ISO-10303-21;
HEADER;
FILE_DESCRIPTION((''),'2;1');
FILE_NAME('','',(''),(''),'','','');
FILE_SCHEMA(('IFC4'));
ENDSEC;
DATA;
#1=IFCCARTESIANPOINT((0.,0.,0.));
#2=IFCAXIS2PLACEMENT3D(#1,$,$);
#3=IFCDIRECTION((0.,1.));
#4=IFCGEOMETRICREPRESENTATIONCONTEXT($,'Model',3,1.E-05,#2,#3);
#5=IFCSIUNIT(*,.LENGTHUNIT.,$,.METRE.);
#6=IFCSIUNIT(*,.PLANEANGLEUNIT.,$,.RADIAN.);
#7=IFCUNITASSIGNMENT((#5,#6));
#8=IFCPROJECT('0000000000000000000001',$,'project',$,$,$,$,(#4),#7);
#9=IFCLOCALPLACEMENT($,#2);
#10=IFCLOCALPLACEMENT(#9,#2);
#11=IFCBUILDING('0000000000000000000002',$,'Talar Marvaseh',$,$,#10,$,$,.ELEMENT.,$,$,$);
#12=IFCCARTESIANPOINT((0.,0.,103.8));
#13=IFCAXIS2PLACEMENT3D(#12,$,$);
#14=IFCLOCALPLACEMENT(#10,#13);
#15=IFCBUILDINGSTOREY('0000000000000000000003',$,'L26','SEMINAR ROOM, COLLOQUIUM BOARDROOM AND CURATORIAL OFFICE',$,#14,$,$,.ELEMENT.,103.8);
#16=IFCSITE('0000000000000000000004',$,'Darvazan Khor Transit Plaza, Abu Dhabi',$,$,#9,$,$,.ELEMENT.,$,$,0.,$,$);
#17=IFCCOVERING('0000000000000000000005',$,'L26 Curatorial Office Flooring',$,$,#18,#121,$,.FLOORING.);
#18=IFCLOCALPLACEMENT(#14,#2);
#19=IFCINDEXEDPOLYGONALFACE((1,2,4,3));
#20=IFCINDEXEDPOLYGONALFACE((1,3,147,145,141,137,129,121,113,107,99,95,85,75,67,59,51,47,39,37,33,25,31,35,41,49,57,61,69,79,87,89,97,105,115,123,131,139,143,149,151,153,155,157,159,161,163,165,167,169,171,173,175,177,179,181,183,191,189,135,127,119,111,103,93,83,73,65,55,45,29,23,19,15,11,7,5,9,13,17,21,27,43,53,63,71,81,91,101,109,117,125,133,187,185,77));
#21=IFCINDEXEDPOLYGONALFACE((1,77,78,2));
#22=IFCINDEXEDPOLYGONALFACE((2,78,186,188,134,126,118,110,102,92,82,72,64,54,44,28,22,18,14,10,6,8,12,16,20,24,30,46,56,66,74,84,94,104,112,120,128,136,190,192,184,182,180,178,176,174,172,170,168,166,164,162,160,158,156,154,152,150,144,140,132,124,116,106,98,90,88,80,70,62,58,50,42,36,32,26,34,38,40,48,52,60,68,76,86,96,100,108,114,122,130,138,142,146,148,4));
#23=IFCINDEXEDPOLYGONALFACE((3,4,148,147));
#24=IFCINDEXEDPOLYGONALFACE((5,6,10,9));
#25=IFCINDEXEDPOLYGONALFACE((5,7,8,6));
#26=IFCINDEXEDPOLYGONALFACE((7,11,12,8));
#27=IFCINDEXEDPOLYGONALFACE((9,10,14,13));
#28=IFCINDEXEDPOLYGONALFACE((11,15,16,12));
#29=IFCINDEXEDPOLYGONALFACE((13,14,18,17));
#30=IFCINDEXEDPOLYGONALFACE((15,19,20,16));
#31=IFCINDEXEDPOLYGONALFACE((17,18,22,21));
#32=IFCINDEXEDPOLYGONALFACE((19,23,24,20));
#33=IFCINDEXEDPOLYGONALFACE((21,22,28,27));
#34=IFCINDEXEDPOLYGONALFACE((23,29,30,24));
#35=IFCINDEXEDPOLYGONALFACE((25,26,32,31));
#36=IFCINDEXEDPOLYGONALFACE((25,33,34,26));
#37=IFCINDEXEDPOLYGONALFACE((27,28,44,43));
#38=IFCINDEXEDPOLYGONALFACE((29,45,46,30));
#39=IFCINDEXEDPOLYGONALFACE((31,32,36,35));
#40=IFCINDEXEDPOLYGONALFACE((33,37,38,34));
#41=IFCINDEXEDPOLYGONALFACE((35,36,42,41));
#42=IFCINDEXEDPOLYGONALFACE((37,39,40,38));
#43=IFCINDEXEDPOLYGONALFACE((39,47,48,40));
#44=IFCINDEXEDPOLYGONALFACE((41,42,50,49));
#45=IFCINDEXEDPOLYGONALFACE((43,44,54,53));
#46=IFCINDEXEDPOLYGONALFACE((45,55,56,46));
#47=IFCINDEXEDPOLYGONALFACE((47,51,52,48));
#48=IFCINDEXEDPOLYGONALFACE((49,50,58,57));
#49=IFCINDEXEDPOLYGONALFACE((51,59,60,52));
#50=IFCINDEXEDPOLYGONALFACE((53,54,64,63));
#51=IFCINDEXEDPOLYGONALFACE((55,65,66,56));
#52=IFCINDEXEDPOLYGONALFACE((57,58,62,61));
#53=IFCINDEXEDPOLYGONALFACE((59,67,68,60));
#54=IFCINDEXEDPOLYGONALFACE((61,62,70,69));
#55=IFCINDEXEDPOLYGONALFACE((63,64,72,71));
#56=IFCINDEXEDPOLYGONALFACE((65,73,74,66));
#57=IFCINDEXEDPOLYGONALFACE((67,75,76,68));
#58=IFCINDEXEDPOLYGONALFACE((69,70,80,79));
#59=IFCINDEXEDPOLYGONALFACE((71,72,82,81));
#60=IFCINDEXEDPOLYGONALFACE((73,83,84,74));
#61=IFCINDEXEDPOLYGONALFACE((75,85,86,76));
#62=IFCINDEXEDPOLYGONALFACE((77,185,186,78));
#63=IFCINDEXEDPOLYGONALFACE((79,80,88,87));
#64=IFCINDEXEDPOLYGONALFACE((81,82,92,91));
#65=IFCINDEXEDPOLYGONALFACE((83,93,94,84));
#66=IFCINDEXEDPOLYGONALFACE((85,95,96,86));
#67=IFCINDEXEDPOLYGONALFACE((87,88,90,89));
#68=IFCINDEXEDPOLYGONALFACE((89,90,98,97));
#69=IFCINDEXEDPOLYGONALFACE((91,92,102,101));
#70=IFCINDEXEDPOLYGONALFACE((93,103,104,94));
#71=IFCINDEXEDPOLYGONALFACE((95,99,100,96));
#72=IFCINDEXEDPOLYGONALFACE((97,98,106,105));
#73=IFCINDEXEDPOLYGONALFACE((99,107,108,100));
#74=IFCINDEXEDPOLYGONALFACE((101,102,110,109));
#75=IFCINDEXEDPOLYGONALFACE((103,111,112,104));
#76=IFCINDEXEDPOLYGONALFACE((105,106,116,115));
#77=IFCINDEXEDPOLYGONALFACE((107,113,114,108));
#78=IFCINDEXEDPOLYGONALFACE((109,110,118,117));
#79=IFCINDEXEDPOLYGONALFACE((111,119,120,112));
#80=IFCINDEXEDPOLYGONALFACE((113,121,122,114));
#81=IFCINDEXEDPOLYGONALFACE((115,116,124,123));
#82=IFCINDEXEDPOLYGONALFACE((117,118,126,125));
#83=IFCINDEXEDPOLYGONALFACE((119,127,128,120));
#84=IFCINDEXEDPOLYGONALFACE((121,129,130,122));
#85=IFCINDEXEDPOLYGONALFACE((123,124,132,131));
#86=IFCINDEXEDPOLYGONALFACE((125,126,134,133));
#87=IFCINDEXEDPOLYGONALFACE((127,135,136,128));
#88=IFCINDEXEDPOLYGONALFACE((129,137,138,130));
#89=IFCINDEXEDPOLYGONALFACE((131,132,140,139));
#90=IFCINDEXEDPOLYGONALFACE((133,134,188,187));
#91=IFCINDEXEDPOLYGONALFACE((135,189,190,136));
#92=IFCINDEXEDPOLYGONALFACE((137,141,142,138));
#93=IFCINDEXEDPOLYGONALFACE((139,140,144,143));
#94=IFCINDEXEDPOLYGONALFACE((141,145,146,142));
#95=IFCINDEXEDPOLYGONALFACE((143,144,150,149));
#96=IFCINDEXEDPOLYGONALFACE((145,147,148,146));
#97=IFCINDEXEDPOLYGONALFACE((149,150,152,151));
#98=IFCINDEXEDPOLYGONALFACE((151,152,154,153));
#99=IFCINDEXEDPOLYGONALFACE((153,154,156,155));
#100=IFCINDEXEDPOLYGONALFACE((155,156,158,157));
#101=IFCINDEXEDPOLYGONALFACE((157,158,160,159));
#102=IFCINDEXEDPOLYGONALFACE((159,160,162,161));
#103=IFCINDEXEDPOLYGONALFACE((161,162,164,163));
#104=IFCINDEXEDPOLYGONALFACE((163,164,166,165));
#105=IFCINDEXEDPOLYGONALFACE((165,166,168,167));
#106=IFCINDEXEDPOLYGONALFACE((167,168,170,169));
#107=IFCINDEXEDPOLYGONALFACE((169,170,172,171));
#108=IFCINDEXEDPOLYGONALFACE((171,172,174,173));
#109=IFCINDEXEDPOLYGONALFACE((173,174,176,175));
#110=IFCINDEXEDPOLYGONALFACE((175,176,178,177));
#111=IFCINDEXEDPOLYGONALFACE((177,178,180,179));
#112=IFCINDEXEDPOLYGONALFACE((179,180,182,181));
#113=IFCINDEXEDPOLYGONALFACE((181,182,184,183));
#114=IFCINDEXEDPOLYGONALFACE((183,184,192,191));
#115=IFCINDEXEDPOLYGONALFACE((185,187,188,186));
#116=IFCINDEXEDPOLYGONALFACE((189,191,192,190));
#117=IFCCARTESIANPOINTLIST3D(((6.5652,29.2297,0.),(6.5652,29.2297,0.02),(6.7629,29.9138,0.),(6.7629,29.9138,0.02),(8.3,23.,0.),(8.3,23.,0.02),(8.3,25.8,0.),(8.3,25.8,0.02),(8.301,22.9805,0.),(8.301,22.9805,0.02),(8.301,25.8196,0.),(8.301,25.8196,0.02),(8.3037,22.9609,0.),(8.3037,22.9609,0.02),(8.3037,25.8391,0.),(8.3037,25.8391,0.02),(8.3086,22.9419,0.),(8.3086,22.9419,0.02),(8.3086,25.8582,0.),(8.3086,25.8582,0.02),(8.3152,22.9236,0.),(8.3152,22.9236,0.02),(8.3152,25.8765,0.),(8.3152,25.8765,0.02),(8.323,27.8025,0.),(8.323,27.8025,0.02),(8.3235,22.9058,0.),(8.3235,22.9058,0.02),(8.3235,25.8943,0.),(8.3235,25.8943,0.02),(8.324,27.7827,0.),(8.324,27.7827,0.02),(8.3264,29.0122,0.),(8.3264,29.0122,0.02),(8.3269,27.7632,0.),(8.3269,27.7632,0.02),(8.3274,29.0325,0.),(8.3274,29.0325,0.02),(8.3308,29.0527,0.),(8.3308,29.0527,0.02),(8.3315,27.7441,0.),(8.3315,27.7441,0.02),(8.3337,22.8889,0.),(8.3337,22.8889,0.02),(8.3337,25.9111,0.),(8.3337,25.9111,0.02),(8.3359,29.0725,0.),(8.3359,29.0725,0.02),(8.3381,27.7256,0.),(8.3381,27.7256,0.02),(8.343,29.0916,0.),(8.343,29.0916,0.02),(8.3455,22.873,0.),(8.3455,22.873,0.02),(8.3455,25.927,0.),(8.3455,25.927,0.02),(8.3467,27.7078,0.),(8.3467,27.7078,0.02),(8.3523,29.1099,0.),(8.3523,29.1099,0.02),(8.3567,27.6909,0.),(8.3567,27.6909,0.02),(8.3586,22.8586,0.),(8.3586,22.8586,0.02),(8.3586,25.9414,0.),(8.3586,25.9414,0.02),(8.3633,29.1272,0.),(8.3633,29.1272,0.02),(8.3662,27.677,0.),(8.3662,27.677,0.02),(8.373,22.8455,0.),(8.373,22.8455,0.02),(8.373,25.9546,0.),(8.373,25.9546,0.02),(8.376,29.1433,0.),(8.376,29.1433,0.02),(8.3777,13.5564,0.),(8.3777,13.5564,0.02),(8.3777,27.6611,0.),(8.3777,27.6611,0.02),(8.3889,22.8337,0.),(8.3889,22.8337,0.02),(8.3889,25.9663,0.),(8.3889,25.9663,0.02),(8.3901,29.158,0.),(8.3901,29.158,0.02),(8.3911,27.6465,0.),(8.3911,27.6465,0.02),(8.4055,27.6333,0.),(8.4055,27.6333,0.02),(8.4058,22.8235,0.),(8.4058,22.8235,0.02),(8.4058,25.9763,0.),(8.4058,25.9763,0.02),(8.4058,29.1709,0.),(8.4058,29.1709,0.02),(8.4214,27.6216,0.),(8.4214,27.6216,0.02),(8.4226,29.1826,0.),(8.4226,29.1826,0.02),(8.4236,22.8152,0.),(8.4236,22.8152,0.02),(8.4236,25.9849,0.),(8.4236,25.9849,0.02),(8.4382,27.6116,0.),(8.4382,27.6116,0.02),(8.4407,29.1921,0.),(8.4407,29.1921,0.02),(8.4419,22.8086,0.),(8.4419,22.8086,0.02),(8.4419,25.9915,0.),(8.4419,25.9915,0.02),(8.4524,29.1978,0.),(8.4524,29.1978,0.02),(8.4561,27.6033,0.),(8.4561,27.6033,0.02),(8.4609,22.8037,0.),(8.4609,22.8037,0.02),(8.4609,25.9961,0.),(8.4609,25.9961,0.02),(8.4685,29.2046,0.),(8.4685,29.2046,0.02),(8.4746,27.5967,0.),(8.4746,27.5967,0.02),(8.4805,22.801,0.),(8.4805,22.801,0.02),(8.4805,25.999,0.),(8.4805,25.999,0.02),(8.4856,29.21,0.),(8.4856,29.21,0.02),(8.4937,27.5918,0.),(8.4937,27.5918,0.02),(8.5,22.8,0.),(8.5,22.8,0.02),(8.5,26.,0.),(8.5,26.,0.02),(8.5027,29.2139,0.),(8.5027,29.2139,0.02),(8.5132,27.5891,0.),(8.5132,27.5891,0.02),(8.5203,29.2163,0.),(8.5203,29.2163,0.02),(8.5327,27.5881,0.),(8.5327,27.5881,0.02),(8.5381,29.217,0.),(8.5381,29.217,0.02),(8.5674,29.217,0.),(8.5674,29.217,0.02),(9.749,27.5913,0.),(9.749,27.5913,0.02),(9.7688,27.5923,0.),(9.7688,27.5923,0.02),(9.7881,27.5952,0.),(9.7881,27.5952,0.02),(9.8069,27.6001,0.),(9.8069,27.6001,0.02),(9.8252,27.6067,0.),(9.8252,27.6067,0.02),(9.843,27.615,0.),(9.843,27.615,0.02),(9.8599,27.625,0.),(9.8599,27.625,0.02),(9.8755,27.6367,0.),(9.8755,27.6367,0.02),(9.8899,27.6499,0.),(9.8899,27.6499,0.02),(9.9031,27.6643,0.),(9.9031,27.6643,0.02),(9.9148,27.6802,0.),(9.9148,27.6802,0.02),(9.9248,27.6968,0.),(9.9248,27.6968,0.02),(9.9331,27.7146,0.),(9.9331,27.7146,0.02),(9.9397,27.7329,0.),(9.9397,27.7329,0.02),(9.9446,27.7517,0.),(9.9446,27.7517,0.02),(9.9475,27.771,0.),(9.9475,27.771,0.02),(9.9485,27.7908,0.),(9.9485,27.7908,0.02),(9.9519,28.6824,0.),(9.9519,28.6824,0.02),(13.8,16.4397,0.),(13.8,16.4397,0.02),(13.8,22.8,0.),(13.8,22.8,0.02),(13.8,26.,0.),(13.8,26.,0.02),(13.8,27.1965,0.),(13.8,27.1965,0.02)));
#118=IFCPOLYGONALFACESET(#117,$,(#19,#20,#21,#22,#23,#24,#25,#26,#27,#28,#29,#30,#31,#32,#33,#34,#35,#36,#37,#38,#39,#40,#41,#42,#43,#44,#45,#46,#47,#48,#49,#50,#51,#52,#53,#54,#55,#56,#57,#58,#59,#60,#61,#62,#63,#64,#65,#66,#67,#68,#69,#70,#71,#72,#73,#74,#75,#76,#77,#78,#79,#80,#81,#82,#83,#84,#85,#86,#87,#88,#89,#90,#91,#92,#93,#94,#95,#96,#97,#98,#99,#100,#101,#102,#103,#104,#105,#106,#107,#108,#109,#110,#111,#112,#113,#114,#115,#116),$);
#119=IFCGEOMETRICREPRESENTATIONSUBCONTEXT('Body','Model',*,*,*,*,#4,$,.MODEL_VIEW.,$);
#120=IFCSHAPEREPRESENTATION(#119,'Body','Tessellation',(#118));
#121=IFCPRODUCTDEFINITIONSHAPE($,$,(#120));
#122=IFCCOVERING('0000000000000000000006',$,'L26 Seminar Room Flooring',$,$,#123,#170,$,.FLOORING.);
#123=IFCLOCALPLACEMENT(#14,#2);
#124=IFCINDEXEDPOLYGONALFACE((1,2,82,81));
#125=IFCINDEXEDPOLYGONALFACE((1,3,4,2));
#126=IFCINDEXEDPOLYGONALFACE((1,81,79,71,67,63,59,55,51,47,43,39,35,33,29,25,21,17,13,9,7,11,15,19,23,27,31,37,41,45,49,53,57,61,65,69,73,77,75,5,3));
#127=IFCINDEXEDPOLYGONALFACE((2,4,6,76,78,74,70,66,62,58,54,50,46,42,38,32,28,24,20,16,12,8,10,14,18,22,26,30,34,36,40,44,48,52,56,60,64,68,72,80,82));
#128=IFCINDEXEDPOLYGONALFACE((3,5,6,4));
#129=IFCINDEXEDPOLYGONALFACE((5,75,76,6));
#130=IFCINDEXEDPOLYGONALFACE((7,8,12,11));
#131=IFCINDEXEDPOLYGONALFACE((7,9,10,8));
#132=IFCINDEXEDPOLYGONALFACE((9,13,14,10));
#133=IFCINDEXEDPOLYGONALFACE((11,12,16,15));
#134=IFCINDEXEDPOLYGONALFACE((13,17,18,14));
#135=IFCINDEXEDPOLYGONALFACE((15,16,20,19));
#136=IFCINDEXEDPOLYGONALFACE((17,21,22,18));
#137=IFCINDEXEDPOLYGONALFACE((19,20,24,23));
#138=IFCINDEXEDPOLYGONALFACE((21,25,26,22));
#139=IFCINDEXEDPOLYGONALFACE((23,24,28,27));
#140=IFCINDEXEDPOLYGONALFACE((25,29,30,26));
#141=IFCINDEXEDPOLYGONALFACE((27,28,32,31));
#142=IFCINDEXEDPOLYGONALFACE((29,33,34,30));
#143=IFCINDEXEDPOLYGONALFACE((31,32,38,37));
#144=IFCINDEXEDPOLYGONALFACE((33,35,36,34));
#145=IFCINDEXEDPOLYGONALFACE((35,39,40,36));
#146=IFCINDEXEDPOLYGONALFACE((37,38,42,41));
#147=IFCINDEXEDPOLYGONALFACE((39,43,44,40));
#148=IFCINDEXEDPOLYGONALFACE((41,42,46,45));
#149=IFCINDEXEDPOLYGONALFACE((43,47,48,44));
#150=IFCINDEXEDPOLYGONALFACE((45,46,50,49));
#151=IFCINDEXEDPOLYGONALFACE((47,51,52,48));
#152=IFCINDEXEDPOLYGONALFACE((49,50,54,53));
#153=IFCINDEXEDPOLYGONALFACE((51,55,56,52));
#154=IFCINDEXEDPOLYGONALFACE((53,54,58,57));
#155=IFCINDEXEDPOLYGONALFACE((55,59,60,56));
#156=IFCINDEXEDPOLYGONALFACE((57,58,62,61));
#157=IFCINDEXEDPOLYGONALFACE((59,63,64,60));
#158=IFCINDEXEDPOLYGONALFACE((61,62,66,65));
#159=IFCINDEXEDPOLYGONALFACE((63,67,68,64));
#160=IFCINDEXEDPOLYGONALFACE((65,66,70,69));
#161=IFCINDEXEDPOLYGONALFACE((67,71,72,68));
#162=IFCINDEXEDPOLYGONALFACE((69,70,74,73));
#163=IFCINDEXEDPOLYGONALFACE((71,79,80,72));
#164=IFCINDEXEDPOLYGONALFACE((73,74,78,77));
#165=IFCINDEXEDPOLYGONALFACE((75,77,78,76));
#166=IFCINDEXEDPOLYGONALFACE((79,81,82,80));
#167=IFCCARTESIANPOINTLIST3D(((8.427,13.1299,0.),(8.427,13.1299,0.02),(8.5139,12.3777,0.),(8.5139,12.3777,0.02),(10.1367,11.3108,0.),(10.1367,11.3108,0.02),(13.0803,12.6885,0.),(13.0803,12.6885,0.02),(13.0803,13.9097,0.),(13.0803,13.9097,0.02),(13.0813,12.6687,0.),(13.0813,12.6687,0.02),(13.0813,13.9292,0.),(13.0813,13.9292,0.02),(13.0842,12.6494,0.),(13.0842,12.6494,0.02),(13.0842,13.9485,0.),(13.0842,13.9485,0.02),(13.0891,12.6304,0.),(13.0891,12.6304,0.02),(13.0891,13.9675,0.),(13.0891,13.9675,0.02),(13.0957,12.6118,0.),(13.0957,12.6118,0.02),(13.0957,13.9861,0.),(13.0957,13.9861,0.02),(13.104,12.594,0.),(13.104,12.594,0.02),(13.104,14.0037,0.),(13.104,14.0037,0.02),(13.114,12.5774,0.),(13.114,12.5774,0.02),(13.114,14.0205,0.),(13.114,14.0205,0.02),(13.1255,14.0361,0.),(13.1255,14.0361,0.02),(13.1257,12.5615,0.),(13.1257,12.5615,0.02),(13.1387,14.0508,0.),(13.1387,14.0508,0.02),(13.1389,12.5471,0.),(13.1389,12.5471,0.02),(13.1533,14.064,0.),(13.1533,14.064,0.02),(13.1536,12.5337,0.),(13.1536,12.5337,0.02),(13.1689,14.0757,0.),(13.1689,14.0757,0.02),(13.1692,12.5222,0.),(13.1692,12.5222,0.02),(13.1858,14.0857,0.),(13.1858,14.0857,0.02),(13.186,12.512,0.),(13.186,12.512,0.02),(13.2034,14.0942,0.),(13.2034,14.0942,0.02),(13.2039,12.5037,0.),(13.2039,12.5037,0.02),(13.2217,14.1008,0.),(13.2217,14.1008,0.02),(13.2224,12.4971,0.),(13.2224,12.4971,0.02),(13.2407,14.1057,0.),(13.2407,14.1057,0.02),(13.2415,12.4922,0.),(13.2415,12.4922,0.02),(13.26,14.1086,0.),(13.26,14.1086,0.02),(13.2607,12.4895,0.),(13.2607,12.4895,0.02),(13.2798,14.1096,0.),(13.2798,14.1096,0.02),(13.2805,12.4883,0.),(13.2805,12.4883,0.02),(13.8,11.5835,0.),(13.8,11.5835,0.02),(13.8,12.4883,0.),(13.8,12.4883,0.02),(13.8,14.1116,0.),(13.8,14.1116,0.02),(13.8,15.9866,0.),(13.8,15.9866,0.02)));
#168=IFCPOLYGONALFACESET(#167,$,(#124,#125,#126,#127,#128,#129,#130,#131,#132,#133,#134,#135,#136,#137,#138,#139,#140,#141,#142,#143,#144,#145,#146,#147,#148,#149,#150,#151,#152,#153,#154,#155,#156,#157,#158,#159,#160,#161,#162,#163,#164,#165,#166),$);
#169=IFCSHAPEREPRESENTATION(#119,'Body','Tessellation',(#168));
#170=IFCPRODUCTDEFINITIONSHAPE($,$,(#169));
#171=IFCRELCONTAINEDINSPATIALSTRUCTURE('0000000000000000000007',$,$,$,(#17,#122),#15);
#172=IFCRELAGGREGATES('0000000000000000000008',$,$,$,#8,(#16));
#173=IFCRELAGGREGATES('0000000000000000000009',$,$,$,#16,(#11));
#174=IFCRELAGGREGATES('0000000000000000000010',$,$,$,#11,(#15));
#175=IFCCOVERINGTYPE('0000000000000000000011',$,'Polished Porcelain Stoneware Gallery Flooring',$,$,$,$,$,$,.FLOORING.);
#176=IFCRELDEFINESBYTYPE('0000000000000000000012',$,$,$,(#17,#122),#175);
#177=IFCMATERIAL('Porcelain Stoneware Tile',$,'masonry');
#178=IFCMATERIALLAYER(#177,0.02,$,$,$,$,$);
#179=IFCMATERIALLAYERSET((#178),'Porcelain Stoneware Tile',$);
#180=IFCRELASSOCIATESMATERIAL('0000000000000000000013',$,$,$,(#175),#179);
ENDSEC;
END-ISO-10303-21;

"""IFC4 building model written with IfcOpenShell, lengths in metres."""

from ifc_helpers import new_model, si_unit, direction, frame, origin, place, context, subcontext, project, spatial, polyline, outline, extrude, material, layer, layer_set, type_object, element, save


model = new_model("IFC4")

# Units and contexts
model_context = context("Model", 3, precision=1e-05, world=origin(), true_north=direction((0.0, 1.0)))
body_context = subcontext(model_context, "Body", "Model", "MODEL_VIEW")
ifc_project = project(units=[si_unit("LENGTHUNIT", "METRE"), si_unit("PLANEANGLEUNIT", "RADIAN")], contexts=[model_context])

# Site, building, storey
site_placement = place(None, origin())
site = spatial("IfcSite", under=ifc_project, at=site_placement, Name="Darvazan Khor Transit Plaza, Abu Dhabi", CompositionType="ELEMENT", RefElevation=0.0)
building_placement = place(site_placement, origin())
building = spatial("IfcBuilding", under=site, at=building_placement, Name="Talar Marvaseh", CompositionType="ELEMENT")
storey_placement = place(building_placement, frame((0.0, 0.0, 103.8)))
storey = spatial("IfcBuildingStorey", under=building, at=storey_placement, Name="L26", Description="SEMINAR ROOM, COLLOQUIUM BOARDROOM AND CURATORIAL OFFICE", CompositionType="ELEMENT", Elevation=103.8)

# Coverings
ifc_material_1 = material(Name="Porcelain Stoneware Tile", Category="masonry")
ifc_layer_1 = layer(ifc_material_1, 0.02)
ifc_layer_set_1 = layer_set([ifc_layer_1], Name="Porcelain Stoneware Tile")
covering_type_1 = type_object("IfcCoveringType", Name="Polished Porcelain Stoneware Gallery Flooring", PredefinedType="FLOORING", material=ifc_layer_set_1)
covering_1_placement = place(storey_placement, origin())
element("IfcCovering", 1, at=covering_1_placement, inside=storey, type_object=covering_type_1, Name="L26 Curatorial Office Flooring", PredefinedType="FLOORING", context=body_context, shape_type="SweptSolid", body=[
    extrude(outline(polyline([(6.7629, 29.9138), (8.5674, 29.217), (8.5381, 29.217), (8.5203, 29.2163), (8.5027, 29.2139), (8.4856, 29.21), (8.4685, 29.2046), (8.4524, 29.1978), (8.4407, 29.1921), (8.4226, 29.1826), (8.4058, 29.1709), (8.3901, 29.158), (8.376, 29.1433), (8.3633, 29.1272), (8.3523, 29.1099), (8.343, 29.0916), (8.3359, 29.0725), (8.3308, 29.0527), (8.3274, 29.0325), (8.3264, 29.0122), (8.323, 27.8025), (8.324, 27.7827), (8.3269, 27.7632), (8.3315, 27.7441), (8.3381, 27.7256), (8.3467, 27.7078), (8.3567, 27.6909), (8.3662, 27.677), (8.3777, 27.6611), (8.3911, 27.6465), (8.4055, 27.6333), (8.4214, 27.6216), (8.4382, 27.6116), (8.4561, 27.6033), (8.4746, 27.5967), (8.4937, 27.5918), (8.5132, 27.5891), (8.5327, 27.5881), (9.749, 27.5913), (9.7688, 27.5923), (9.7881, 27.5952), (9.8069, 27.6001), (9.8252, 27.6067), (9.843, 27.615), (9.8599, 27.625), (9.8755, 27.6367), (9.8899, 27.6499), (9.9031, 27.6643), (9.9148, 27.6802), (9.9248, 27.6968), (9.9331, 27.7146), (9.9397, 27.7329), (9.9446, 27.7517), (9.9475, 27.771), (9.9485, 27.7908), (9.9519, 28.6824), (13.8, 27.1965), (13.8, 26.0), (8.5, 26.0), (8.4805, 25.999), (8.4609, 25.9961), (8.4419, 25.9915), (8.4236, 25.9849), (8.4058, 25.9763), (8.3889, 25.9663), (8.373, 25.9546), (8.3586, 25.9414), (8.3455, 25.927), (8.3337, 25.9111), (8.3235, 25.8943), (8.3152, 25.8765), (8.3086, 25.8582), (8.3037, 25.8391), (8.301, 25.8196), (8.3, 25.8), (8.3, 23.0), (8.301, 22.9805), (8.3037, 22.9609), (8.3086, 22.9419), (8.3152, 22.9236), (8.3235, 22.9058), (8.3337, 22.8889), (8.3455, 22.873), (8.3586, 22.8586), (8.373, 22.8455), (8.3889, 22.8337), (8.4058, 22.8235), (8.4236, 22.8152), (8.4419, 22.8086), (8.4609, 22.8037), (8.4805, 22.801), (8.5, 22.8), (13.8, 22.8), (13.8, 16.4397), (8.3777, 13.5564), (6.5652, 29.2297), (6.7629, 29.9138)])), origin(), (0.0, 0.0, 1.0), 0.02),
])
covering_2_placement = place(storey_placement, origin())
element("IfcCovering", 2, at=covering_2_placement, inside=storey, type_object=covering_type_1, Name="L26 Seminar Room Flooring", PredefinedType="FLOORING", context=body_context, shape_type="SweptSolid", body=[
    extrude(outline(polyline([(13.8, 15.9866), (13.8, 14.1116), (13.2798, 14.1096), (13.26, 14.1086), (13.2407, 14.1057), (13.2217, 14.1008), (13.2034, 14.0942), (13.1858, 14.0857), (13.1689, 14.0757), (13.1533, 14.064), (13.1387, 14.0508), (13.1255, 14.0361), (13.114, 14.0205), (13.104, 14.0037), (13.0957, 13.9861), (13.0891, 13.9675), (13.0842, 13.9485), (13.0813, 13.9292), (13.0803, 13.9097), (13.0803, 12.6885), (13.0813, 12.6687), (13.0842, 12.6494), (13.0891, 12.6304), (13.0957, 12.6118), (13.104, 12.594), (13.114, 12.5774), (13.1257, 12.5615), (13.1389, 12.5471), (13.1536, 12.5337), (13.1692, 12.5222), (13.186, 12.512), (13.2039, 12.5037), (13.2224, 12.4971), (13.2415, 12.4922), (13.2607, 12.4895), (13.2805, 12.4883), (13.8, 12.4883), (13.8, 11.5835), (10.1367, 11.3108), (8.5139, 12.3777), (8.427, 13.1299), (13.8, 15.9866)])), origin(), (0.0, 0.0, 1.0), 0.02),
])

save(model, "model.ifc")
